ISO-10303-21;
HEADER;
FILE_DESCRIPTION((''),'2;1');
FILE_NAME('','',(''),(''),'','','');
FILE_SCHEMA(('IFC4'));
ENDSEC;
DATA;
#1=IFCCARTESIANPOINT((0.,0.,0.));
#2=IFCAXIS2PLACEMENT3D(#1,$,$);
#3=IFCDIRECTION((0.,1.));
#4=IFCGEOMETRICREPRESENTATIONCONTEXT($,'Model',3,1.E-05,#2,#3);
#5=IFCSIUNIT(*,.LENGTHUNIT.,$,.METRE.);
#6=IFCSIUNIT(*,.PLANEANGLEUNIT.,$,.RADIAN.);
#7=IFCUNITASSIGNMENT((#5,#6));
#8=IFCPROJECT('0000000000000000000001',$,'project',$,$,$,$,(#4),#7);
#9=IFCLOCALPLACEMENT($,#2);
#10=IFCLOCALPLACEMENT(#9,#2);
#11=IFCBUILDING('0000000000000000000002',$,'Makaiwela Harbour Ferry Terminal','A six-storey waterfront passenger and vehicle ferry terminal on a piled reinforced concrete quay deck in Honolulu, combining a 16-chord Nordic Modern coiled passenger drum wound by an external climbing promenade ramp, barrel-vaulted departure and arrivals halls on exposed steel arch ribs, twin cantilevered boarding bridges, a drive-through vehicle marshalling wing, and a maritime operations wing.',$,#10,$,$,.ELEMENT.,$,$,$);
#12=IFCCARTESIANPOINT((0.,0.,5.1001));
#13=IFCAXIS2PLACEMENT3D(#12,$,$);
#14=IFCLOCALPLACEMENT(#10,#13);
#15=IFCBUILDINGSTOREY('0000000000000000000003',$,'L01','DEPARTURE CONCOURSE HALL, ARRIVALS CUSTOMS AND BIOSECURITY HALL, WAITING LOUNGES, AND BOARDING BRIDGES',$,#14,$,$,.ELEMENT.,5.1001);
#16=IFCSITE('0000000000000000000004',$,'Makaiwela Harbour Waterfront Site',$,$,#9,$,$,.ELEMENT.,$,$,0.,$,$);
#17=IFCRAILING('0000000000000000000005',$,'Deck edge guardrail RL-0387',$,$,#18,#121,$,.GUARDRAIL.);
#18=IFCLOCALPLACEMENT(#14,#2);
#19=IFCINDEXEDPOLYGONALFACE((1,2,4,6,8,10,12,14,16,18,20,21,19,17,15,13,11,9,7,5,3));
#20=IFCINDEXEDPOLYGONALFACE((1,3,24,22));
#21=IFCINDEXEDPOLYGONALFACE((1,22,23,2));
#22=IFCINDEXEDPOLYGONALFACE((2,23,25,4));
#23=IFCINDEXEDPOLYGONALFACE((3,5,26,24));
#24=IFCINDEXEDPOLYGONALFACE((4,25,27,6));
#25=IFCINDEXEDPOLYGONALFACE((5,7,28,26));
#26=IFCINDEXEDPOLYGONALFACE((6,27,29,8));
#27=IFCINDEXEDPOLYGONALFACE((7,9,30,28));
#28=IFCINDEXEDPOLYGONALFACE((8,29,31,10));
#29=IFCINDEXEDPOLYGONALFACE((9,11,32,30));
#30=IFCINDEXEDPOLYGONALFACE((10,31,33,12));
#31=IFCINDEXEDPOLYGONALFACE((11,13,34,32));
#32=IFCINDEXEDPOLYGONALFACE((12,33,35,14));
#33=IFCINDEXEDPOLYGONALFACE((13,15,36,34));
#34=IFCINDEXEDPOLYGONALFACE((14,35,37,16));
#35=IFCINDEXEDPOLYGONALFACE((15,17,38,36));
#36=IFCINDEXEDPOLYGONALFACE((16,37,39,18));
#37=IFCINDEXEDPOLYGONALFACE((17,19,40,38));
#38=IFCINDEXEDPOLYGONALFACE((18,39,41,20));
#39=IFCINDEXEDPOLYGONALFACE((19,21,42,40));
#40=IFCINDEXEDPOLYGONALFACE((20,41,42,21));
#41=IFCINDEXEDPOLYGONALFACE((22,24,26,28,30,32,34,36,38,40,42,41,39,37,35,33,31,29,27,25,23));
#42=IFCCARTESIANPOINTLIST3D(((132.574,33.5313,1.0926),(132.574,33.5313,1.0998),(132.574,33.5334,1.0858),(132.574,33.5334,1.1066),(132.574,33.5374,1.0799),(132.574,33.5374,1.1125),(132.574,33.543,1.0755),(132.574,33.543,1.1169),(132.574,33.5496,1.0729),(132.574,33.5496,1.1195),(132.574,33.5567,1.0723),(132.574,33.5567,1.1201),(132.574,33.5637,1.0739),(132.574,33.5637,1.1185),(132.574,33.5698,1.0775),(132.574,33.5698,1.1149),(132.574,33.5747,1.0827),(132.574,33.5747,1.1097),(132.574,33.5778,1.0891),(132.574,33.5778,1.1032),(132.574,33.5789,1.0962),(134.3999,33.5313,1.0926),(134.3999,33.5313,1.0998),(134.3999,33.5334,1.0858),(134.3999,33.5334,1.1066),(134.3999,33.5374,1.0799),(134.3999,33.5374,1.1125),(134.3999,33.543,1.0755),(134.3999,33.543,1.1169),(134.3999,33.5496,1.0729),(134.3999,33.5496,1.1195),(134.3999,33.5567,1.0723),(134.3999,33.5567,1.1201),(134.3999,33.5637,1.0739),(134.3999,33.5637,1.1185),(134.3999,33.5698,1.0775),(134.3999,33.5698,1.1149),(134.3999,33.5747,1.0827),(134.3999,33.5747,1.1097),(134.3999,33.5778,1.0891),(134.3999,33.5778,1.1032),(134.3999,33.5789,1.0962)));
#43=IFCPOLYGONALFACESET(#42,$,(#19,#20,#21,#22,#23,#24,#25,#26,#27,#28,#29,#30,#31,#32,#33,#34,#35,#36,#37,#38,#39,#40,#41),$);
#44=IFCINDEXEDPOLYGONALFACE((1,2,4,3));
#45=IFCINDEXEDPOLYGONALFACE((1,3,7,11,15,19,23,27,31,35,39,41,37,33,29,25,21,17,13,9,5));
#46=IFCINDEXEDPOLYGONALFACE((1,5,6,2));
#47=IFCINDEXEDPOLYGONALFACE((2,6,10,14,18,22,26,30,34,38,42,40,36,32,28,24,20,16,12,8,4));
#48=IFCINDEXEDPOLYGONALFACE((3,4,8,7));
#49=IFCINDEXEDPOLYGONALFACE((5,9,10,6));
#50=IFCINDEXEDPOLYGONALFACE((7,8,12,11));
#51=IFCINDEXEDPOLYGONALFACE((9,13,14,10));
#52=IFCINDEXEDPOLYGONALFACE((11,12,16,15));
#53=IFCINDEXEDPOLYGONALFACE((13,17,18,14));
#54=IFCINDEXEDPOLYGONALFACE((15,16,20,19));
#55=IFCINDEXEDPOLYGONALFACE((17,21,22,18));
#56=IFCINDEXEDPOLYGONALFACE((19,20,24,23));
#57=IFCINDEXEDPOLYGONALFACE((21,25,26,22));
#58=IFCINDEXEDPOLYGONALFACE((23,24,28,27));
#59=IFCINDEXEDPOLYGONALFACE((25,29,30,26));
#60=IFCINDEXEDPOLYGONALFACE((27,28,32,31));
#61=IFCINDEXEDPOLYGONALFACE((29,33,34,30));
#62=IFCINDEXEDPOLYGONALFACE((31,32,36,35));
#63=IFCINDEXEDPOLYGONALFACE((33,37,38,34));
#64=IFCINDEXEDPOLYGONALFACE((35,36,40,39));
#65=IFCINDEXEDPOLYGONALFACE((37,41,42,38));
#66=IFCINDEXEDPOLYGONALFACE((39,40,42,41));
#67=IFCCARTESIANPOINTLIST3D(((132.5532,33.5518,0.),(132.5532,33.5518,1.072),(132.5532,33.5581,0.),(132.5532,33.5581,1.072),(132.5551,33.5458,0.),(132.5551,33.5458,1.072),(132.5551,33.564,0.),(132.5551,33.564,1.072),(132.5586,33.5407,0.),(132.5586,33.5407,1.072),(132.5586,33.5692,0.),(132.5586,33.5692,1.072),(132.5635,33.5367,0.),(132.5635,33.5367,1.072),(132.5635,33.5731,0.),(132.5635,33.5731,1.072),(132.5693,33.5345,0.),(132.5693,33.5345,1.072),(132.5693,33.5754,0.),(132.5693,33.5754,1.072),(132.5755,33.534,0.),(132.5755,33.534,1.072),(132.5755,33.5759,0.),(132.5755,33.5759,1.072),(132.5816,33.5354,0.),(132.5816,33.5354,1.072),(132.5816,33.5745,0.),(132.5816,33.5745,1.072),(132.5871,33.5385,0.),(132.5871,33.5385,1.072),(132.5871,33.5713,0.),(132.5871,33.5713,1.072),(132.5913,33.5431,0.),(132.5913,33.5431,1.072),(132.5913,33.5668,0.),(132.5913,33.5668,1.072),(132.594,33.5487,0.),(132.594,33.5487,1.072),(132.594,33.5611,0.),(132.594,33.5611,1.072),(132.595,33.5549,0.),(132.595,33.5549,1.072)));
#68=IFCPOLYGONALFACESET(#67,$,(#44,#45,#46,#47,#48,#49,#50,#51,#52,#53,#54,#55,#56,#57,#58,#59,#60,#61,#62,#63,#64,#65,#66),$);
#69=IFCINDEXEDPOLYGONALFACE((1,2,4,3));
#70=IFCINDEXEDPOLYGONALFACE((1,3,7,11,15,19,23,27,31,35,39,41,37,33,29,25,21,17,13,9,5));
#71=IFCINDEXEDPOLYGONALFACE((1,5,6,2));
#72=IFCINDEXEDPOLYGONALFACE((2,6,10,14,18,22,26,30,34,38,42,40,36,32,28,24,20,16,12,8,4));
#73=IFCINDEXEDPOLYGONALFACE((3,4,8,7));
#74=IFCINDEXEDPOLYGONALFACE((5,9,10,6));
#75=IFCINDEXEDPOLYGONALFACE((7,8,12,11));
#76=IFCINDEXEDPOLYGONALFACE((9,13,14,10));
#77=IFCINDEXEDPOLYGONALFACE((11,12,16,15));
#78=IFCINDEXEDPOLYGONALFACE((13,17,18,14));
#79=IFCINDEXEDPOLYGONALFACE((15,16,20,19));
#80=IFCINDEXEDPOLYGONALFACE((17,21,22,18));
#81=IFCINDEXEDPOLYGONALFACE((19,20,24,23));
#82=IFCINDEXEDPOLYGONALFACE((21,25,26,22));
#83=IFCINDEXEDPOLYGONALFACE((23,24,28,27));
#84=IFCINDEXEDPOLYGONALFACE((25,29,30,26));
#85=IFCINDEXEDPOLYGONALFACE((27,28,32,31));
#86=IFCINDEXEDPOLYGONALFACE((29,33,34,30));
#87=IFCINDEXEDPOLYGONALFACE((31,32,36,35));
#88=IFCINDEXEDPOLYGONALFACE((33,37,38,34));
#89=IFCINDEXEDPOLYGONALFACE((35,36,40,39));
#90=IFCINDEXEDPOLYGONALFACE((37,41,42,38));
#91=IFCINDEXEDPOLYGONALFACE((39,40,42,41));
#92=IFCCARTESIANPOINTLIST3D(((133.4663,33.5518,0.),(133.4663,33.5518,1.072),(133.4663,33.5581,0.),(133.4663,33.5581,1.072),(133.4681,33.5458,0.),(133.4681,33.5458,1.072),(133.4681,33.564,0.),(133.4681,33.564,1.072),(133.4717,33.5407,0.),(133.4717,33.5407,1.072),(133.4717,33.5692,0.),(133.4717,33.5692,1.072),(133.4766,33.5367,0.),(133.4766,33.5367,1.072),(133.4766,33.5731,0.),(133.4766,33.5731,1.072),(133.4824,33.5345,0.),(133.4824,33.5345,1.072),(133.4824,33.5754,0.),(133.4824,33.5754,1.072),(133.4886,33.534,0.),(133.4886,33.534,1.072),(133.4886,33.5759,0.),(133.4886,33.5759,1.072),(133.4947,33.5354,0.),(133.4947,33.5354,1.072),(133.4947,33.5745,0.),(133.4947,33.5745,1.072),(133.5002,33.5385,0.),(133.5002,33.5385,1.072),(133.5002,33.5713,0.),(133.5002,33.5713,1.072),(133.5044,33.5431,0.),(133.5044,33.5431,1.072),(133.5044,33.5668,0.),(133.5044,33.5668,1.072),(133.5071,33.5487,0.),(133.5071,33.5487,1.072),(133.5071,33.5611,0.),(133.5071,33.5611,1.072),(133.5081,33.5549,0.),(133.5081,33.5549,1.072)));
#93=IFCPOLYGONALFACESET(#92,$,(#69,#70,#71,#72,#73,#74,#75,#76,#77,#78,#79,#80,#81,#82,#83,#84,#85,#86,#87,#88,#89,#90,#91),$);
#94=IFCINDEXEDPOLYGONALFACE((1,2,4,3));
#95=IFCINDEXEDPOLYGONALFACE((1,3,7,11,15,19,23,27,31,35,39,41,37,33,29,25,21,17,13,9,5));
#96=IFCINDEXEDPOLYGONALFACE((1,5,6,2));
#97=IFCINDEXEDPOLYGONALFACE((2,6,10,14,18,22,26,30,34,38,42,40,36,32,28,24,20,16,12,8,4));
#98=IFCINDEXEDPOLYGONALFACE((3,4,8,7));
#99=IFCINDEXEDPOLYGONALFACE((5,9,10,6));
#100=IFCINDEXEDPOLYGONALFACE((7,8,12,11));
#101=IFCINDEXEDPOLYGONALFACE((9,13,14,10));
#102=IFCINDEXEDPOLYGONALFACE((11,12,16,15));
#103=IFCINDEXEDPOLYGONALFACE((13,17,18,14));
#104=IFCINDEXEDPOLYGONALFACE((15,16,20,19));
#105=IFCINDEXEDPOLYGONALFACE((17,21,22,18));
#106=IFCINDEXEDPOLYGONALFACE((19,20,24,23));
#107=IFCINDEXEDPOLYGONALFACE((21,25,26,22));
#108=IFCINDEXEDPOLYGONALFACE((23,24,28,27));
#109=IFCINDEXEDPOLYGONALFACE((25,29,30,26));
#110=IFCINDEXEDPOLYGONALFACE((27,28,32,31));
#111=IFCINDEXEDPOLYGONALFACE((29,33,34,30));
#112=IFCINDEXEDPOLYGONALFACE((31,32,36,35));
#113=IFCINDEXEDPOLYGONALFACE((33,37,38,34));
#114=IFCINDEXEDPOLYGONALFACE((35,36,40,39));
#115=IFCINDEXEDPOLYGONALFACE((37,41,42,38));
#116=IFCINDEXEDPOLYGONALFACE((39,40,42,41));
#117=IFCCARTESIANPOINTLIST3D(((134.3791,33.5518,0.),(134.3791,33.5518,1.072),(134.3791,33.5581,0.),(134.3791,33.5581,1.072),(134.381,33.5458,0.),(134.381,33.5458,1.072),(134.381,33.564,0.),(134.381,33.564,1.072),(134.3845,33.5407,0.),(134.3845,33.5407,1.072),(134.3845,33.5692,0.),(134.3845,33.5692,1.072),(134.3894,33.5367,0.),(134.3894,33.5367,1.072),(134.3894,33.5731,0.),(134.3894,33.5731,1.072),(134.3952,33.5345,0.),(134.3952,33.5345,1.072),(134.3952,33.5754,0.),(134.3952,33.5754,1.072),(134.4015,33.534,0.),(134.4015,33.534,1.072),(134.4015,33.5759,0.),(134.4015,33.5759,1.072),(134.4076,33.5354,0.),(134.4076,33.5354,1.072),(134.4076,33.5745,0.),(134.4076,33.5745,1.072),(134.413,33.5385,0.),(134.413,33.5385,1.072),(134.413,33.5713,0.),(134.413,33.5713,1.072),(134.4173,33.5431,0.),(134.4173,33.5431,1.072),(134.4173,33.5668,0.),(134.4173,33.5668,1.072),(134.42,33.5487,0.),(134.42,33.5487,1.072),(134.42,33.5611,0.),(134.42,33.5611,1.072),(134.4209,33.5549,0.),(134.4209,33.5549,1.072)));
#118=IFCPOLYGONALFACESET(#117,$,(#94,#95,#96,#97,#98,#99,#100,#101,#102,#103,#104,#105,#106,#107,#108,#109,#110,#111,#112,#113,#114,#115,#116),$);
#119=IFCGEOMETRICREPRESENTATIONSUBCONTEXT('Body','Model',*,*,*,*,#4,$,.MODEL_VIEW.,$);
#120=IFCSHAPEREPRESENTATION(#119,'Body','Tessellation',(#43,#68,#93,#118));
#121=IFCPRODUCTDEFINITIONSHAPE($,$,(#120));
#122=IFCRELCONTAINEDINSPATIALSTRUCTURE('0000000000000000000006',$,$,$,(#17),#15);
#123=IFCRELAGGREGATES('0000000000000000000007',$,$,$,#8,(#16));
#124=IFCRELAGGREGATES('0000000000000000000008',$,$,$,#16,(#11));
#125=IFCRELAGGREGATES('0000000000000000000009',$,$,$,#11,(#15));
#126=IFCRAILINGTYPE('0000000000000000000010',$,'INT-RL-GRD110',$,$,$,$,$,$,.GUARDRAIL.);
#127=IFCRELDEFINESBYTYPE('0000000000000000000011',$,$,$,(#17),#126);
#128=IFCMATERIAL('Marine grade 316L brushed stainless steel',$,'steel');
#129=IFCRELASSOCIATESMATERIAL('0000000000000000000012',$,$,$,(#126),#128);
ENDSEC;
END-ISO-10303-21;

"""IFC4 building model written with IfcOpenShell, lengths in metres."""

from ifc_helpers import new_model, si_unit, direction, frame, origin, origin_2d, place, context, subcontext, project, spatial, circle, extrude, material, type_object, element, save


model = new_model("IFC4")

# Units and contexts
model_context = context("Model", 3, precision=1e-05, world=origin(), true_north=direction((0.0, 1.0)))
body_context = subcontext(model_context, "Body", "Model", "MODEL_VIEW")
ifc_project = project(units=[si_unit("LENGTHUNIT", "METRE"), si_unit("PLANEANGLEUNIT", "RADIAN")], contexts=[model_context])

# Site, building, storey
site_placement = place(None, origin())
site = spatial("IfcSite", under=ifc_project, at=site_placement, Name="Makaiwela Harbour Waterfront Site", CompositionType="ELEMENT", RefElevation=0.0)
building_placement = place(site_placement, origin())
building = spatial("IfcBuilding", under=site, at=building_placement, Name="Makaiwela Harbour Ferry Terminal", Description="A six-storey waterfront passenger and vehicle ferry terminal on a piled reinforced concrete quay deck in Honolulu, combining a 16-chord Nordic Modern coiled passenger drum wound by an external climbing promenade ramp, barrel-vaulted departure and arrivals halls on exposed steel arch ribs, twin cantilevered boarding bridges, a drive-through vehicle marshalling wing, and a maritime operations wing.", CompositionType="ELEMENT")
storey_placement = place(building_placement, frame((0.0, 0.0, 5.1001)))
storey = spatial("IfcBuildingStorey", under=building, at=storey_placement, Name="L01", Description="DEPARTURE CONCOURSE HALL, ARRIVALS CUSTOMS AND BIOSECURITY HALL, WAITING LOUNGES, AND BOARDING BRIDGES", CompositionType="ELEMENT", Elevation=5.1001)

# Railing
ifc_material_1 = material(Name="Marine grade 316L brushed stainless steel", Category="steel")
railing_type = type_object("IfcRailingType", Name="INT-RL-GRD110", PredefinedType="GUARDRAIL", material=ifc_material_1)
railing_1_placement = place(storey_placement, frame((132.574, 33.5549, 0.0)))
element("IfcRailing", 1, at=railing_1_placement, inside=storey, type_object=railing_type, Name="Deck edge guardrail RL-0387", PredefinedType="GUARDRAIL", context=body_context, shape_type="SweptSolid", body=[
    extrude(circle(Radius=0.0239, at=origin_2d()), frame((0.0, 0.0, 1.0962), z_axis=(1.0, 0.0, 0.0), x_axis=(0.0, 1.0, 0.0)), (0.0, 0.0, 1.0), 1.8259),
    extrude(circle(Radius=0.021, at=origin_2d()), origin(), (0.0, 0.0, 1.0), 1.072),
    extrude(circle(Radius=0.021, at=origin_2d()), frame((0.9131, 0.0, 0.0)), (0.0, 0.0, 1.0), 1.072),
    extrude(circle(Radius=0.021, at=origin_2d()), frame((1.8259, 0.0, 0.0)), (0.0, 0.0, 1.0), 1.072),
])

save(model, "model.ifc")
